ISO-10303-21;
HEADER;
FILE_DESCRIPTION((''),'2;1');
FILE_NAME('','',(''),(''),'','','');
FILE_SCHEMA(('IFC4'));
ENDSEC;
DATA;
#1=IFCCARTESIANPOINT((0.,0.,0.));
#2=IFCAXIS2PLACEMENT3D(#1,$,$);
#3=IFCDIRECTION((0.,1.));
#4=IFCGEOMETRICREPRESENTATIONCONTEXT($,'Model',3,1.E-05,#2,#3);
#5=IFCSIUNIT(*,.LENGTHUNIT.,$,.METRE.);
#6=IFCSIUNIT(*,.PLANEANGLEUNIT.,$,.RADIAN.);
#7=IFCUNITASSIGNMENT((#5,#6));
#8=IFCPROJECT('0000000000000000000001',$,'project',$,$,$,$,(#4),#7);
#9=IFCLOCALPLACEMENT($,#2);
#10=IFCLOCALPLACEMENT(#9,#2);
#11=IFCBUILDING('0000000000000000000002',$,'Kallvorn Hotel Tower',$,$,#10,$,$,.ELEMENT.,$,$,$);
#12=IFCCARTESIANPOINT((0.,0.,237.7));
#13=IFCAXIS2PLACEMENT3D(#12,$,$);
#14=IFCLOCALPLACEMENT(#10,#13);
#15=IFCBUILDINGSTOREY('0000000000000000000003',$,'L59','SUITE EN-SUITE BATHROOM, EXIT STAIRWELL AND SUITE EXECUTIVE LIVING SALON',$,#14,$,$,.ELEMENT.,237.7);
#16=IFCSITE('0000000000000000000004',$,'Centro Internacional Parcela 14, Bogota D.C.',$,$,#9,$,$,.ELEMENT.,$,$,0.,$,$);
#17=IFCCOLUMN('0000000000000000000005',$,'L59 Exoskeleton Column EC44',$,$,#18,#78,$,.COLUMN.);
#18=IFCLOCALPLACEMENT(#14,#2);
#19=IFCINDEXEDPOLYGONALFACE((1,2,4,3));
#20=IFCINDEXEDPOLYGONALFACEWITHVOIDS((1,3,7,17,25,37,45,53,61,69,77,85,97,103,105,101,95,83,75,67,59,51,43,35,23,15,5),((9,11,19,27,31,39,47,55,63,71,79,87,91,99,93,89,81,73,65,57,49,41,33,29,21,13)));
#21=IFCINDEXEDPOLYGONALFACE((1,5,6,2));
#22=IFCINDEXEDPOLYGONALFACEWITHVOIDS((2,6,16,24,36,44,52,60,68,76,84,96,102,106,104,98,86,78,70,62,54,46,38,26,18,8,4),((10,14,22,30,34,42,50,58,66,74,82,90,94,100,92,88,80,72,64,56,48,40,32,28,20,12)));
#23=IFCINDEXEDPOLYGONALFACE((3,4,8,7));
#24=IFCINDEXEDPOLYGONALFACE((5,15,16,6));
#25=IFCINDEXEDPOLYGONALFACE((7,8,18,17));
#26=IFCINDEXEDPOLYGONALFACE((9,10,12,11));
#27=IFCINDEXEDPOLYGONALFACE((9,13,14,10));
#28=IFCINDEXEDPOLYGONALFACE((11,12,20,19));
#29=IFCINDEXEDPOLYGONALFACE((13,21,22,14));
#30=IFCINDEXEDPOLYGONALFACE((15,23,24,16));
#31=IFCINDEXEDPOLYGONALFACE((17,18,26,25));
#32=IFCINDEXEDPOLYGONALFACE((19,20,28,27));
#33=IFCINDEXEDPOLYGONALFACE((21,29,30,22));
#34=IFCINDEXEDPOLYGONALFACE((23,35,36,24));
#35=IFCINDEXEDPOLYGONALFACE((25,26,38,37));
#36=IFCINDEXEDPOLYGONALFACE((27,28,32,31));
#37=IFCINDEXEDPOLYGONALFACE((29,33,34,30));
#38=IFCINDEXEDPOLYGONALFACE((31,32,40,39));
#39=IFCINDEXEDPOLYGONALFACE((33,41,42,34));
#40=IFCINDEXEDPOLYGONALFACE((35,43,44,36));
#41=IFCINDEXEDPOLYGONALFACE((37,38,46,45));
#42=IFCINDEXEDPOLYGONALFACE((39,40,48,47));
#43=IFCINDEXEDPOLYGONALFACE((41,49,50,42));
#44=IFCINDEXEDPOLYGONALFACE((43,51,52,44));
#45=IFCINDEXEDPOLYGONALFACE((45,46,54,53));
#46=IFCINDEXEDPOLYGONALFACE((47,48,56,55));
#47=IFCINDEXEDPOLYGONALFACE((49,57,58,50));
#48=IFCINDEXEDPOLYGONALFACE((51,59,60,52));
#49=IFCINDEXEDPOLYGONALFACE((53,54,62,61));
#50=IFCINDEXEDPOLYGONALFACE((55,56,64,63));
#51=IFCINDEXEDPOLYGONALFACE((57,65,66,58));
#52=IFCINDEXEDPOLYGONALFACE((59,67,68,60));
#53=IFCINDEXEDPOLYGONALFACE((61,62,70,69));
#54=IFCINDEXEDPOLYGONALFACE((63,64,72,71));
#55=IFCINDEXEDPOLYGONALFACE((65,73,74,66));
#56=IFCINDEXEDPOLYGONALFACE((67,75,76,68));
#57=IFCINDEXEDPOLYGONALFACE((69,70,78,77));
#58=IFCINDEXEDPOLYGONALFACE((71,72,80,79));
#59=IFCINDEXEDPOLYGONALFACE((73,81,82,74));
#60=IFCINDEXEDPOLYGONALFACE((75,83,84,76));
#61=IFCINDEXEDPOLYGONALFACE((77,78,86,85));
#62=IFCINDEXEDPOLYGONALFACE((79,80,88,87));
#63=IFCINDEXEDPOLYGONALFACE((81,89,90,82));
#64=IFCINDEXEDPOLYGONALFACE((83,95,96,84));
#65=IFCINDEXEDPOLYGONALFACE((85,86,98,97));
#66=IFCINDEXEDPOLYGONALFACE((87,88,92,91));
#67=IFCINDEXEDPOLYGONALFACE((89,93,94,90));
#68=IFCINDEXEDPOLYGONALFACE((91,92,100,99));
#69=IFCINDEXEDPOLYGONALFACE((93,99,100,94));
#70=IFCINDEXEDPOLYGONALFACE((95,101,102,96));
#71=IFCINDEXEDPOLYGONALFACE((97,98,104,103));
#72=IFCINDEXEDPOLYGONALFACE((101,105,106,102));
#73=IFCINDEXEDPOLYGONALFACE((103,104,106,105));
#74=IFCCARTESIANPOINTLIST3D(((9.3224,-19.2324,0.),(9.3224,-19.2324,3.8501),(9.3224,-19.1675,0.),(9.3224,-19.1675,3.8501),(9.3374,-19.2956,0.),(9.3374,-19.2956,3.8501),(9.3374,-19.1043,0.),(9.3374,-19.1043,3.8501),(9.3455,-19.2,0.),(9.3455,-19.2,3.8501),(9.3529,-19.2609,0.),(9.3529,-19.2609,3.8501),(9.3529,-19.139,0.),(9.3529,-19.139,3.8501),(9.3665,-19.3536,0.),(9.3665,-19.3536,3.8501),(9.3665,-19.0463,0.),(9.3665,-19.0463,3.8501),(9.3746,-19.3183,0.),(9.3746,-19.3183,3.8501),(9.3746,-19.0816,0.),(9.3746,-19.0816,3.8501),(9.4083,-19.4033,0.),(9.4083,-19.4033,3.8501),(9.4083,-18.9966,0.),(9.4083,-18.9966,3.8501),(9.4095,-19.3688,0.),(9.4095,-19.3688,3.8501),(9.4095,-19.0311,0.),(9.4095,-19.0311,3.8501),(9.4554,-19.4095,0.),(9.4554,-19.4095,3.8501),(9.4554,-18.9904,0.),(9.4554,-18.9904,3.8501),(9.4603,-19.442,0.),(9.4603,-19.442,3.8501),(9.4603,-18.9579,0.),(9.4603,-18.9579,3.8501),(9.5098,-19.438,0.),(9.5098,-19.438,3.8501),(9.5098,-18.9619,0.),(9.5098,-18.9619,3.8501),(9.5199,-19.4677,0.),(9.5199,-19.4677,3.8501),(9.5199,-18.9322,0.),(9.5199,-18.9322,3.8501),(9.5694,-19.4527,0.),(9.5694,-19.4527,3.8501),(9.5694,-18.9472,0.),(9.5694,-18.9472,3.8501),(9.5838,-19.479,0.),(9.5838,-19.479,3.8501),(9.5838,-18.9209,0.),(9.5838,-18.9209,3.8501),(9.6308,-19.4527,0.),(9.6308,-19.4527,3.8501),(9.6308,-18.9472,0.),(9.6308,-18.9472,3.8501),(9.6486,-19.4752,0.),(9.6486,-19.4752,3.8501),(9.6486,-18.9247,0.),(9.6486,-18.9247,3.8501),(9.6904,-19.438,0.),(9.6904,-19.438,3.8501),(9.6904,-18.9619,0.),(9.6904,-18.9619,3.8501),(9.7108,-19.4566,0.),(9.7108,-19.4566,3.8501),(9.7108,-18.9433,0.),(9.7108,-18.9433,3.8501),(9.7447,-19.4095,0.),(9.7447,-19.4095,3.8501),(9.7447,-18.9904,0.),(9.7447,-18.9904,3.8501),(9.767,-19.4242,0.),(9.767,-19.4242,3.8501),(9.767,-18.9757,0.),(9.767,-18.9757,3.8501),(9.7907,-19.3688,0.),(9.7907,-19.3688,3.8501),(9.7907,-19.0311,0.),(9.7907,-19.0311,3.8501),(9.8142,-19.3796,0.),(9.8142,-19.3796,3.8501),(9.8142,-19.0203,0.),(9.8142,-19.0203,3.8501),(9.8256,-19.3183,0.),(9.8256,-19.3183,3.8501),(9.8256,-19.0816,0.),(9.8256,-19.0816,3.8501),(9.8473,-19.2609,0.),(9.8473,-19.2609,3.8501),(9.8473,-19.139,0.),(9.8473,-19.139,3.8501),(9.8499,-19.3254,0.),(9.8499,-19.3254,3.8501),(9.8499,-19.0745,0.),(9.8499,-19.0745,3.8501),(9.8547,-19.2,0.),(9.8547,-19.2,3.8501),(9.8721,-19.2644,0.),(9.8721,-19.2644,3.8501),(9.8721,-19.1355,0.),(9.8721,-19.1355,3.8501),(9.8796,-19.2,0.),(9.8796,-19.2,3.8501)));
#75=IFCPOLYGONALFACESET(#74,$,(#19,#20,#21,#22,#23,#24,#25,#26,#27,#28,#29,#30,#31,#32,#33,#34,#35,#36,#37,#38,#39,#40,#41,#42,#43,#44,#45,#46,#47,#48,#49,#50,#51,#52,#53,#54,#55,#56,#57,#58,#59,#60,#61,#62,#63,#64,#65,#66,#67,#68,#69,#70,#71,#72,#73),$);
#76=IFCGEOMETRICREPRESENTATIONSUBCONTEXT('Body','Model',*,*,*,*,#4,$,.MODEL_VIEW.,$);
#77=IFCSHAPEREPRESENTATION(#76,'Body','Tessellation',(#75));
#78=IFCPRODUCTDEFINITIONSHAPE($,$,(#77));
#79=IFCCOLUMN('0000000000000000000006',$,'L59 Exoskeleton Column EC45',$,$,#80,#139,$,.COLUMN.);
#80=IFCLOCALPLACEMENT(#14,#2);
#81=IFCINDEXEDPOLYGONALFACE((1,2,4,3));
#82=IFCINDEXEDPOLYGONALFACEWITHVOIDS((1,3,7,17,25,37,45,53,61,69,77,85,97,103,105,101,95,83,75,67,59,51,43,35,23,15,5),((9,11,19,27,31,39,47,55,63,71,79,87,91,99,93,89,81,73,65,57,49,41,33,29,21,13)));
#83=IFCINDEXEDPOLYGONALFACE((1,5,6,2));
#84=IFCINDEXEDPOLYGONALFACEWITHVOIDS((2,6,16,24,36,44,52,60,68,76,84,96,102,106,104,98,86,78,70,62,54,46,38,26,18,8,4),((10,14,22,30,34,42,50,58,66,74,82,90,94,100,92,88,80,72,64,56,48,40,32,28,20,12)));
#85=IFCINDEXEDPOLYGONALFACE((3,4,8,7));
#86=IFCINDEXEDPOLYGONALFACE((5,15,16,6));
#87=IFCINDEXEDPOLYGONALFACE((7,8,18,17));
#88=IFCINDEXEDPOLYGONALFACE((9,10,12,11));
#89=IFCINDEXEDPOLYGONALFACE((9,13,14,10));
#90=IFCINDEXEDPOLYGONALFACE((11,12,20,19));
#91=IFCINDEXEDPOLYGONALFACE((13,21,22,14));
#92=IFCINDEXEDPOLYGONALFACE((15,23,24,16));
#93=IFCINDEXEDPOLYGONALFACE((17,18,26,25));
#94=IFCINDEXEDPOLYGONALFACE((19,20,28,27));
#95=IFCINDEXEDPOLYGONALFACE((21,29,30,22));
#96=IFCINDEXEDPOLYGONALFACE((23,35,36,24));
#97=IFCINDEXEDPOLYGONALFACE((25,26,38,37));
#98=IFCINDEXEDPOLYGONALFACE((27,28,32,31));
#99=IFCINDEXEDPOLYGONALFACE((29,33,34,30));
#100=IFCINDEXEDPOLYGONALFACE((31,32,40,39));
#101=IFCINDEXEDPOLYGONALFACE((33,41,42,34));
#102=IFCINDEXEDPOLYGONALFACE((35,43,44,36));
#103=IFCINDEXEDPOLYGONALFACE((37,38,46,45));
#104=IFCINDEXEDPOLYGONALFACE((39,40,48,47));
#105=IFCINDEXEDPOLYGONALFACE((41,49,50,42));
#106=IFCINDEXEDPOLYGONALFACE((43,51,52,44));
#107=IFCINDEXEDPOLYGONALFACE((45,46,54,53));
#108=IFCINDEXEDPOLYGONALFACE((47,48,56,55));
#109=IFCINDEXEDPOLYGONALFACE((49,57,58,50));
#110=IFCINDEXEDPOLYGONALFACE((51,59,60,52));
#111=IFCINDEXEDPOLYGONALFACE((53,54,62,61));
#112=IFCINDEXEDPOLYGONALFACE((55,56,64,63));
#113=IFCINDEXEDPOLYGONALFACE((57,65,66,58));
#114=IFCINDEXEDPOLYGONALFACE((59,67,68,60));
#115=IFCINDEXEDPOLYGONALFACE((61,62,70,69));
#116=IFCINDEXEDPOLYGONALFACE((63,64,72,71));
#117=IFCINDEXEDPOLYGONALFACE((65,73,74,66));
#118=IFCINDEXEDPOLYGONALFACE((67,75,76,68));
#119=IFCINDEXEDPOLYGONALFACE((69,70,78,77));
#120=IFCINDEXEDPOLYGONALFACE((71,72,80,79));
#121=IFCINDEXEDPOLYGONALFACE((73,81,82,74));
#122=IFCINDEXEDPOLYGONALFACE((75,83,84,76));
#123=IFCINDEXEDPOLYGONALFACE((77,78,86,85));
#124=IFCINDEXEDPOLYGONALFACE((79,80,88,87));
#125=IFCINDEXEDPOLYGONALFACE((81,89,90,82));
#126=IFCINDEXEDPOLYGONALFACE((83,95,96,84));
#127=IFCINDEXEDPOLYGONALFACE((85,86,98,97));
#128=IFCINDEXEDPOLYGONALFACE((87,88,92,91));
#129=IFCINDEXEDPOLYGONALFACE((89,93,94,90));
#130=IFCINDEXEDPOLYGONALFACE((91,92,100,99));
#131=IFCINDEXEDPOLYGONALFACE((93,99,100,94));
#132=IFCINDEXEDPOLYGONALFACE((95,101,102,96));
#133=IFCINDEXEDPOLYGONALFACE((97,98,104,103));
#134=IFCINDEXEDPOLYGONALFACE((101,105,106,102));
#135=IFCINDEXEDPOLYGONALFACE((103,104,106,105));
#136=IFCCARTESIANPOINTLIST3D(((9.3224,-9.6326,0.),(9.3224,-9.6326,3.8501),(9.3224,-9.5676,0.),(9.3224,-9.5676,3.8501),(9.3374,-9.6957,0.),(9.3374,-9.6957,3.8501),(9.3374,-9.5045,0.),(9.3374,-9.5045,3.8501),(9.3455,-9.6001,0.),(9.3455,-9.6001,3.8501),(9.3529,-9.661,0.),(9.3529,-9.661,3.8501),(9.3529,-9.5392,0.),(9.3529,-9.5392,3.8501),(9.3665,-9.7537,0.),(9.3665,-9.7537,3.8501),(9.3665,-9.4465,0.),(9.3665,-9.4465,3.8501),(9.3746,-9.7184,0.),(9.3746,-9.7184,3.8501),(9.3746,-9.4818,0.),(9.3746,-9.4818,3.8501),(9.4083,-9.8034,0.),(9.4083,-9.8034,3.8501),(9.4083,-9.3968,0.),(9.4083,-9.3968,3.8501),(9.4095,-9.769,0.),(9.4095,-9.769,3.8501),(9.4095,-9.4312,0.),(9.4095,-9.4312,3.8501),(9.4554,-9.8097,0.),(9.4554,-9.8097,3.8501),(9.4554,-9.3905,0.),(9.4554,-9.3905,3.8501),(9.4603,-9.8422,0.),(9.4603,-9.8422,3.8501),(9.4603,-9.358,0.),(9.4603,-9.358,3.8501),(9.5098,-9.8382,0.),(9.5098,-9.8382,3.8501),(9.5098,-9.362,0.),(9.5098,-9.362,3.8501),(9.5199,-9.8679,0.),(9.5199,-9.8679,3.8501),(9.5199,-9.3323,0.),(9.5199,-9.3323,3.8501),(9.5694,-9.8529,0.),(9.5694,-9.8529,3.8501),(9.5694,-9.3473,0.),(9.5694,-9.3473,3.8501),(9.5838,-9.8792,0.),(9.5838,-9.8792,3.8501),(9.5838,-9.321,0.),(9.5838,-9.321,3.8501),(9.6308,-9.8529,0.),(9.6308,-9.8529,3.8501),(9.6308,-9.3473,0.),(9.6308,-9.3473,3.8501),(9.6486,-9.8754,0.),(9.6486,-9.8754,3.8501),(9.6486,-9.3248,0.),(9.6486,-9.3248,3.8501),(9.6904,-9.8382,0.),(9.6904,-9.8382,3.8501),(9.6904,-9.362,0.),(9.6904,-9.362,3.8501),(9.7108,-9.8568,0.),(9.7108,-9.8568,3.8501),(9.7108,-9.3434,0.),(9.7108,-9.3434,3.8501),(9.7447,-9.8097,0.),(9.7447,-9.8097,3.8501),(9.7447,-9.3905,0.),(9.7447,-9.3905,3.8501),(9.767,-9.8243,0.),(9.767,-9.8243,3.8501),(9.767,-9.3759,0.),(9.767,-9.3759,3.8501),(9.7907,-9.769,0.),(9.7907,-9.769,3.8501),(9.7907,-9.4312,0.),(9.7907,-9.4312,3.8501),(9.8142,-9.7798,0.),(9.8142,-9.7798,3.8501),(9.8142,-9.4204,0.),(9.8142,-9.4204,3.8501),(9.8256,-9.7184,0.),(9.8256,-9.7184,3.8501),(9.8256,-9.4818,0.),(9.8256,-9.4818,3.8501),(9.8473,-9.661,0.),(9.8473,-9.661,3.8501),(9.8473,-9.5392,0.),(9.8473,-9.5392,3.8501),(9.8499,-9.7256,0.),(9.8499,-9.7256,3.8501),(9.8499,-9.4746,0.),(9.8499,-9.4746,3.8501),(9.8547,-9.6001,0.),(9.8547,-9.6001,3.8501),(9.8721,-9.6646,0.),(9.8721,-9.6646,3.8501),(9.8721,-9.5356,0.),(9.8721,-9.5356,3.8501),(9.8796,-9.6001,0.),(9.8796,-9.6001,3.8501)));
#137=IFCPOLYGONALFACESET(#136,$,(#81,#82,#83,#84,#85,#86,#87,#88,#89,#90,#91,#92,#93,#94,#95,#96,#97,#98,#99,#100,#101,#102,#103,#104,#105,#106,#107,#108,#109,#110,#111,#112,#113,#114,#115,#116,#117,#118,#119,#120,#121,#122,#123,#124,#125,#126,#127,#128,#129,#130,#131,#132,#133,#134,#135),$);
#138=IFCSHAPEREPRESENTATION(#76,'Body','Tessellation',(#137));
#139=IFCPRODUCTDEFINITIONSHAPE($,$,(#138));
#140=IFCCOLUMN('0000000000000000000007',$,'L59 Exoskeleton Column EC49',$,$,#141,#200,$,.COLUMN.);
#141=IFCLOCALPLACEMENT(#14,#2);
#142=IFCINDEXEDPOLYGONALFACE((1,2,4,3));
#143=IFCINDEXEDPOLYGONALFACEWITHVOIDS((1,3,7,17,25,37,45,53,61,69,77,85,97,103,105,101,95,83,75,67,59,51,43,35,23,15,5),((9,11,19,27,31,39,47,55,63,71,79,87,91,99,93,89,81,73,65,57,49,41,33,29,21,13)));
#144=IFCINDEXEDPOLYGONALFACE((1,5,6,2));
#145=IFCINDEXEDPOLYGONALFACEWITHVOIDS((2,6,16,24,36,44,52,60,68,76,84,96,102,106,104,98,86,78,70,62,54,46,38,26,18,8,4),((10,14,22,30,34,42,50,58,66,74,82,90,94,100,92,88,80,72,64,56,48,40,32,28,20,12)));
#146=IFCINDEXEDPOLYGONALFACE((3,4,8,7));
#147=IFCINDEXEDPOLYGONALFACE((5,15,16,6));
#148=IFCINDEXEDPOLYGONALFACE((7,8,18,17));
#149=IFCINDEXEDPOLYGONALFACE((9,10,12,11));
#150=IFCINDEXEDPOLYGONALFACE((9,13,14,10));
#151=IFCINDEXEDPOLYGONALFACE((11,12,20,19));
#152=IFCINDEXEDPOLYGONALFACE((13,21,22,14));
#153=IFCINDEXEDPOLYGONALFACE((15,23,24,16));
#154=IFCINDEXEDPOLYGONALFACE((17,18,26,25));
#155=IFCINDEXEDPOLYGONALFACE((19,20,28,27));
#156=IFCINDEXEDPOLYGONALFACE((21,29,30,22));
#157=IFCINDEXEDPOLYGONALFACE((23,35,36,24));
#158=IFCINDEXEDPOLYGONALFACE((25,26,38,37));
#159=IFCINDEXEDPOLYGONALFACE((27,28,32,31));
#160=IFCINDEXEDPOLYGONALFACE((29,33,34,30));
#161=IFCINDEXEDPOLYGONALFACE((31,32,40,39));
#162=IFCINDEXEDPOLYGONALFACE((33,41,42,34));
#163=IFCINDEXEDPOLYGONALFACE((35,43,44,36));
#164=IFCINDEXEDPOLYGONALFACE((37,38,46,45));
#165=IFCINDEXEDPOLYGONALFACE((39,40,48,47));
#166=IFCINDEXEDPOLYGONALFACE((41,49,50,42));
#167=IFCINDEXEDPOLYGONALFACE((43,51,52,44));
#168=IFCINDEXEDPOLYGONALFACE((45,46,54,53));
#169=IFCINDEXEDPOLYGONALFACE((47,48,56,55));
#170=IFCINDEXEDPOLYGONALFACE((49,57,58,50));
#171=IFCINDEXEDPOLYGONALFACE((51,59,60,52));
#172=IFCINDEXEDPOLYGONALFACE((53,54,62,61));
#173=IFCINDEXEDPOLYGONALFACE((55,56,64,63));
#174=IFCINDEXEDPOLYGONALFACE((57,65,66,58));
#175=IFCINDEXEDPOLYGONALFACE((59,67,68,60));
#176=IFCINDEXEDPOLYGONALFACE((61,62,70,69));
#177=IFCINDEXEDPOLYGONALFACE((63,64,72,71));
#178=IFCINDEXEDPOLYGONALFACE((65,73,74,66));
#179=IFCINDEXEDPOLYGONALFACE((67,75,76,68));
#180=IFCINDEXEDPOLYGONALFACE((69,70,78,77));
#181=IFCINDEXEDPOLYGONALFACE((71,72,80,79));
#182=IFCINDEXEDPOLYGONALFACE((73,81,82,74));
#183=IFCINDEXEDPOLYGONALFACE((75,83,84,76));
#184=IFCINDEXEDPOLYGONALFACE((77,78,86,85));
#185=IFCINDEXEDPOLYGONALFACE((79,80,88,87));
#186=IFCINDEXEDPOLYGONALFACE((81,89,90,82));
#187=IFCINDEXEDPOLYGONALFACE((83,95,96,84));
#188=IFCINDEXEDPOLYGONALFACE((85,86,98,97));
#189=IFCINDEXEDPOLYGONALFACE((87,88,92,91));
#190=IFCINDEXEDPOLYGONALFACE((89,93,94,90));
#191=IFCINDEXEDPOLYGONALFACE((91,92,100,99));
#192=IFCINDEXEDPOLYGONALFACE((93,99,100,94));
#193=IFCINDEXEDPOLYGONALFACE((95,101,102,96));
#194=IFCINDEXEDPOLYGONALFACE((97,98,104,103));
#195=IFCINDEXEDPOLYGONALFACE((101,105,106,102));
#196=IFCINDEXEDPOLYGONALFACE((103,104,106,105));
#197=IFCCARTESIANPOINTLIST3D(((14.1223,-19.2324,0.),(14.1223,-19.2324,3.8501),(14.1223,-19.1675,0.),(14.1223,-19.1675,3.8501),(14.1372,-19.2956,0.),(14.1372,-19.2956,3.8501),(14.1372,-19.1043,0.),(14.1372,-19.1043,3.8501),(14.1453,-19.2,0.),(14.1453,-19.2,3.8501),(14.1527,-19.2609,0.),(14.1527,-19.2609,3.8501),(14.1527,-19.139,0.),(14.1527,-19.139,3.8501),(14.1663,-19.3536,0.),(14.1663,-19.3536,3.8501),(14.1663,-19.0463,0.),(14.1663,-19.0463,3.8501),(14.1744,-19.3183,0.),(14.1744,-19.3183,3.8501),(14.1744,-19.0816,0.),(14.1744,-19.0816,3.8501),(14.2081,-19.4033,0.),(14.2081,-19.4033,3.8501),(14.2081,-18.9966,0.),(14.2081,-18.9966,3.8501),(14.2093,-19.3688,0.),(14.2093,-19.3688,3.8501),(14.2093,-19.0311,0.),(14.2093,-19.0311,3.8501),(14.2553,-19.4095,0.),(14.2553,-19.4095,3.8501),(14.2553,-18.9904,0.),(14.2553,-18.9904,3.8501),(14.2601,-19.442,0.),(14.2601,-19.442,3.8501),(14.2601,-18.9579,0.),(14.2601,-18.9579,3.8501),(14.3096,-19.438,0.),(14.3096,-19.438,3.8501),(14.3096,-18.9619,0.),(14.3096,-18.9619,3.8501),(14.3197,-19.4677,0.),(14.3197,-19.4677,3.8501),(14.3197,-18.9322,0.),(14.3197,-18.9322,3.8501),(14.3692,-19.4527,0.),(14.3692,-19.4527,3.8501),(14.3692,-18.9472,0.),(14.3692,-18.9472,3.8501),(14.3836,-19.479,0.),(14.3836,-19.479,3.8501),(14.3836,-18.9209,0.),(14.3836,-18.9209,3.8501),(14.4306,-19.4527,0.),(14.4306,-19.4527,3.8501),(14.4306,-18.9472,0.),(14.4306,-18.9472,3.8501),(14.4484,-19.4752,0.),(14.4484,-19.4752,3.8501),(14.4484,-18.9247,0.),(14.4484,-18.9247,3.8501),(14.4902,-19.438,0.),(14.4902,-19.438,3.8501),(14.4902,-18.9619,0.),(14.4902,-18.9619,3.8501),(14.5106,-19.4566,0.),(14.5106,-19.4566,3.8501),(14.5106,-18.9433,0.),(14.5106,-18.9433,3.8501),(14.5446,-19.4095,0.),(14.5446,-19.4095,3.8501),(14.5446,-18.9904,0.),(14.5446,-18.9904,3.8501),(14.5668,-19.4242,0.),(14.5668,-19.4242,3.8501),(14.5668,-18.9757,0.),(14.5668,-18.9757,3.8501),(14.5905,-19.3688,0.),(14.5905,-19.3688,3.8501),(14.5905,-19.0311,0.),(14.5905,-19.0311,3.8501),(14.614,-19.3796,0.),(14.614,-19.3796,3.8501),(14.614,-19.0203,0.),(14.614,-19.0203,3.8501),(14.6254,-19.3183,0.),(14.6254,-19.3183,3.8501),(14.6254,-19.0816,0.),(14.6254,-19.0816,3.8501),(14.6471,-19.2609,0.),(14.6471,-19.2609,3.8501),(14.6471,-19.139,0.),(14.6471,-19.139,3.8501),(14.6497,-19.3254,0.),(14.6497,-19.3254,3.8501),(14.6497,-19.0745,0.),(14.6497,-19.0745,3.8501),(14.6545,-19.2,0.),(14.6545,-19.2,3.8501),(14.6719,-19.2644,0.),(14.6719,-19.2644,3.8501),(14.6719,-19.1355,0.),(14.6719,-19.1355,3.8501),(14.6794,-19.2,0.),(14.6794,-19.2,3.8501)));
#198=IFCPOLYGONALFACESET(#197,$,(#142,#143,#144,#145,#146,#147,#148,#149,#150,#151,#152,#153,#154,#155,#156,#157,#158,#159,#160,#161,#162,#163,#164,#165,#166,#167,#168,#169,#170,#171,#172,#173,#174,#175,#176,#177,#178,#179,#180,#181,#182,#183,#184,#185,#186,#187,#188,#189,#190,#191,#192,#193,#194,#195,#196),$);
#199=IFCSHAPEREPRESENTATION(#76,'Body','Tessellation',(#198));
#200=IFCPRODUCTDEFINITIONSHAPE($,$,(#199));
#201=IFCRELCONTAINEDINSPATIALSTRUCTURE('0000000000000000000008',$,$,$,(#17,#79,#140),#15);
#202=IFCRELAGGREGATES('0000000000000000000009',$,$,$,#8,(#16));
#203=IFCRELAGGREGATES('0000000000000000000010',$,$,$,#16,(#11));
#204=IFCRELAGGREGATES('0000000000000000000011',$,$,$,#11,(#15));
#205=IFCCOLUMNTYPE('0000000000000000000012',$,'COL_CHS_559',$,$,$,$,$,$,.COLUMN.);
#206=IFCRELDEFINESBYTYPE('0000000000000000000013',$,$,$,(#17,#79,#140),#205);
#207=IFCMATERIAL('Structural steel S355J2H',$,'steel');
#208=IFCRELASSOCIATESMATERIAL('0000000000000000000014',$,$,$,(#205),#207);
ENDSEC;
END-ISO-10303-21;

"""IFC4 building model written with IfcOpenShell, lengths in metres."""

from ifc_helpers import new_model, si_unit, direction, frame, origin, origin_2d, place, context, subcontext, project, spatial, hollow_circle, extrude, material, material_profile, profile_set, type_object, element, save


model = new_model("IFC4")

# Units and contexts
model_context = context("Model", 3, precision=1e-05, world=origin(), true_north=direction((0.0, 1.0)))
body_context = subcontext(model_context, "Body", "Model", "MODEL_VIEW")
ifc_project = project(units=[si_unit("LENGTHUNIT", "METRE"), si_unit("PLANEANGLEUNIT", "RADIAN")], contexts=[model_context])

# Site, building, storey
site_placement = place(None, origin())
site = spatial("IfcSite", under=ifc_project, at=site_placement, Name="Centro Internacional Parcela 14, Bogota D.C.", CompositionType="ELEMENT", RefElevation=0.0)
building_placement = place(site_placement, origin())
building = spatial("IfcBuilding", under=site, at=building_placement, Name="Kallvorn Hotel Tower", CompositionType="ELEMENT")
storey_placement = place(building_placement, frame((0.0, 0.0, 237.7)))
storey = spatial("IfcBuildingStorey", under=building, at=storey_placement, Name="L59", Description="SUITE EN-SUITE BATHROOM, EXIT STAIRWELL AND SUITE EXECUTIVE LIVING SALON", CompositionType="ELEMENT", Elevation=237.7)

# Columns
ifc_material_1 = material(Name="Structural steel S355J2H", Category="steel")
ifc_material_profile_1 = material_profile(ifc_material_1, hollow_circle(Radius=0.2795, WallThickness=0.0249, at=origin_2d()), Name="CHS 559x25")
ifc_profile_set_1 = profile_set([ifc_material_profile_1], Name="Structural steel S355J2H")
column_type_1 = type_object("IfcColumnType", Name="COL_CHS_559", PredefinedType="COLUMN", material=ifc_profile_set_1)
for number, where, z_axis, x_axis, name in (
    (1, (9.6001, -19.2, 0.0), (0.0, 0.0, 1.0), (1.0, 0.0, 0.0), "L59 Exoskeleton Column EC44"),
    (2, (9.6001, -9.6001, 0.0), (0.0, 0.0, 1.0), (1.0, 0.0, 0.0), "L59 Exoskeleton Column EC45"),
    (3, (14.3999, -19.2, 0.0), (0.0, 0.0, 1.0), (1.0, 0.0, 0.0), "L59 Exoskeleton Column EC49"),
):
    element("IfcColumn", number, at=place(storey_placement, frame(where, z_axis=z_axis, x_axis=x_axis)), inside=storey, type_object=column_type_1, Name=name, PredefinedType="COLUMN", context=body_context, shape_type="SweptSolid", body=[
        extrude(hollow_circle(Radius=0.2795, WallThickness=0.0249, at=origin_2d()), origin(), (0.0, 0.0, 1.0), 3.8501),
    ])

save(model, "model.ifc")
